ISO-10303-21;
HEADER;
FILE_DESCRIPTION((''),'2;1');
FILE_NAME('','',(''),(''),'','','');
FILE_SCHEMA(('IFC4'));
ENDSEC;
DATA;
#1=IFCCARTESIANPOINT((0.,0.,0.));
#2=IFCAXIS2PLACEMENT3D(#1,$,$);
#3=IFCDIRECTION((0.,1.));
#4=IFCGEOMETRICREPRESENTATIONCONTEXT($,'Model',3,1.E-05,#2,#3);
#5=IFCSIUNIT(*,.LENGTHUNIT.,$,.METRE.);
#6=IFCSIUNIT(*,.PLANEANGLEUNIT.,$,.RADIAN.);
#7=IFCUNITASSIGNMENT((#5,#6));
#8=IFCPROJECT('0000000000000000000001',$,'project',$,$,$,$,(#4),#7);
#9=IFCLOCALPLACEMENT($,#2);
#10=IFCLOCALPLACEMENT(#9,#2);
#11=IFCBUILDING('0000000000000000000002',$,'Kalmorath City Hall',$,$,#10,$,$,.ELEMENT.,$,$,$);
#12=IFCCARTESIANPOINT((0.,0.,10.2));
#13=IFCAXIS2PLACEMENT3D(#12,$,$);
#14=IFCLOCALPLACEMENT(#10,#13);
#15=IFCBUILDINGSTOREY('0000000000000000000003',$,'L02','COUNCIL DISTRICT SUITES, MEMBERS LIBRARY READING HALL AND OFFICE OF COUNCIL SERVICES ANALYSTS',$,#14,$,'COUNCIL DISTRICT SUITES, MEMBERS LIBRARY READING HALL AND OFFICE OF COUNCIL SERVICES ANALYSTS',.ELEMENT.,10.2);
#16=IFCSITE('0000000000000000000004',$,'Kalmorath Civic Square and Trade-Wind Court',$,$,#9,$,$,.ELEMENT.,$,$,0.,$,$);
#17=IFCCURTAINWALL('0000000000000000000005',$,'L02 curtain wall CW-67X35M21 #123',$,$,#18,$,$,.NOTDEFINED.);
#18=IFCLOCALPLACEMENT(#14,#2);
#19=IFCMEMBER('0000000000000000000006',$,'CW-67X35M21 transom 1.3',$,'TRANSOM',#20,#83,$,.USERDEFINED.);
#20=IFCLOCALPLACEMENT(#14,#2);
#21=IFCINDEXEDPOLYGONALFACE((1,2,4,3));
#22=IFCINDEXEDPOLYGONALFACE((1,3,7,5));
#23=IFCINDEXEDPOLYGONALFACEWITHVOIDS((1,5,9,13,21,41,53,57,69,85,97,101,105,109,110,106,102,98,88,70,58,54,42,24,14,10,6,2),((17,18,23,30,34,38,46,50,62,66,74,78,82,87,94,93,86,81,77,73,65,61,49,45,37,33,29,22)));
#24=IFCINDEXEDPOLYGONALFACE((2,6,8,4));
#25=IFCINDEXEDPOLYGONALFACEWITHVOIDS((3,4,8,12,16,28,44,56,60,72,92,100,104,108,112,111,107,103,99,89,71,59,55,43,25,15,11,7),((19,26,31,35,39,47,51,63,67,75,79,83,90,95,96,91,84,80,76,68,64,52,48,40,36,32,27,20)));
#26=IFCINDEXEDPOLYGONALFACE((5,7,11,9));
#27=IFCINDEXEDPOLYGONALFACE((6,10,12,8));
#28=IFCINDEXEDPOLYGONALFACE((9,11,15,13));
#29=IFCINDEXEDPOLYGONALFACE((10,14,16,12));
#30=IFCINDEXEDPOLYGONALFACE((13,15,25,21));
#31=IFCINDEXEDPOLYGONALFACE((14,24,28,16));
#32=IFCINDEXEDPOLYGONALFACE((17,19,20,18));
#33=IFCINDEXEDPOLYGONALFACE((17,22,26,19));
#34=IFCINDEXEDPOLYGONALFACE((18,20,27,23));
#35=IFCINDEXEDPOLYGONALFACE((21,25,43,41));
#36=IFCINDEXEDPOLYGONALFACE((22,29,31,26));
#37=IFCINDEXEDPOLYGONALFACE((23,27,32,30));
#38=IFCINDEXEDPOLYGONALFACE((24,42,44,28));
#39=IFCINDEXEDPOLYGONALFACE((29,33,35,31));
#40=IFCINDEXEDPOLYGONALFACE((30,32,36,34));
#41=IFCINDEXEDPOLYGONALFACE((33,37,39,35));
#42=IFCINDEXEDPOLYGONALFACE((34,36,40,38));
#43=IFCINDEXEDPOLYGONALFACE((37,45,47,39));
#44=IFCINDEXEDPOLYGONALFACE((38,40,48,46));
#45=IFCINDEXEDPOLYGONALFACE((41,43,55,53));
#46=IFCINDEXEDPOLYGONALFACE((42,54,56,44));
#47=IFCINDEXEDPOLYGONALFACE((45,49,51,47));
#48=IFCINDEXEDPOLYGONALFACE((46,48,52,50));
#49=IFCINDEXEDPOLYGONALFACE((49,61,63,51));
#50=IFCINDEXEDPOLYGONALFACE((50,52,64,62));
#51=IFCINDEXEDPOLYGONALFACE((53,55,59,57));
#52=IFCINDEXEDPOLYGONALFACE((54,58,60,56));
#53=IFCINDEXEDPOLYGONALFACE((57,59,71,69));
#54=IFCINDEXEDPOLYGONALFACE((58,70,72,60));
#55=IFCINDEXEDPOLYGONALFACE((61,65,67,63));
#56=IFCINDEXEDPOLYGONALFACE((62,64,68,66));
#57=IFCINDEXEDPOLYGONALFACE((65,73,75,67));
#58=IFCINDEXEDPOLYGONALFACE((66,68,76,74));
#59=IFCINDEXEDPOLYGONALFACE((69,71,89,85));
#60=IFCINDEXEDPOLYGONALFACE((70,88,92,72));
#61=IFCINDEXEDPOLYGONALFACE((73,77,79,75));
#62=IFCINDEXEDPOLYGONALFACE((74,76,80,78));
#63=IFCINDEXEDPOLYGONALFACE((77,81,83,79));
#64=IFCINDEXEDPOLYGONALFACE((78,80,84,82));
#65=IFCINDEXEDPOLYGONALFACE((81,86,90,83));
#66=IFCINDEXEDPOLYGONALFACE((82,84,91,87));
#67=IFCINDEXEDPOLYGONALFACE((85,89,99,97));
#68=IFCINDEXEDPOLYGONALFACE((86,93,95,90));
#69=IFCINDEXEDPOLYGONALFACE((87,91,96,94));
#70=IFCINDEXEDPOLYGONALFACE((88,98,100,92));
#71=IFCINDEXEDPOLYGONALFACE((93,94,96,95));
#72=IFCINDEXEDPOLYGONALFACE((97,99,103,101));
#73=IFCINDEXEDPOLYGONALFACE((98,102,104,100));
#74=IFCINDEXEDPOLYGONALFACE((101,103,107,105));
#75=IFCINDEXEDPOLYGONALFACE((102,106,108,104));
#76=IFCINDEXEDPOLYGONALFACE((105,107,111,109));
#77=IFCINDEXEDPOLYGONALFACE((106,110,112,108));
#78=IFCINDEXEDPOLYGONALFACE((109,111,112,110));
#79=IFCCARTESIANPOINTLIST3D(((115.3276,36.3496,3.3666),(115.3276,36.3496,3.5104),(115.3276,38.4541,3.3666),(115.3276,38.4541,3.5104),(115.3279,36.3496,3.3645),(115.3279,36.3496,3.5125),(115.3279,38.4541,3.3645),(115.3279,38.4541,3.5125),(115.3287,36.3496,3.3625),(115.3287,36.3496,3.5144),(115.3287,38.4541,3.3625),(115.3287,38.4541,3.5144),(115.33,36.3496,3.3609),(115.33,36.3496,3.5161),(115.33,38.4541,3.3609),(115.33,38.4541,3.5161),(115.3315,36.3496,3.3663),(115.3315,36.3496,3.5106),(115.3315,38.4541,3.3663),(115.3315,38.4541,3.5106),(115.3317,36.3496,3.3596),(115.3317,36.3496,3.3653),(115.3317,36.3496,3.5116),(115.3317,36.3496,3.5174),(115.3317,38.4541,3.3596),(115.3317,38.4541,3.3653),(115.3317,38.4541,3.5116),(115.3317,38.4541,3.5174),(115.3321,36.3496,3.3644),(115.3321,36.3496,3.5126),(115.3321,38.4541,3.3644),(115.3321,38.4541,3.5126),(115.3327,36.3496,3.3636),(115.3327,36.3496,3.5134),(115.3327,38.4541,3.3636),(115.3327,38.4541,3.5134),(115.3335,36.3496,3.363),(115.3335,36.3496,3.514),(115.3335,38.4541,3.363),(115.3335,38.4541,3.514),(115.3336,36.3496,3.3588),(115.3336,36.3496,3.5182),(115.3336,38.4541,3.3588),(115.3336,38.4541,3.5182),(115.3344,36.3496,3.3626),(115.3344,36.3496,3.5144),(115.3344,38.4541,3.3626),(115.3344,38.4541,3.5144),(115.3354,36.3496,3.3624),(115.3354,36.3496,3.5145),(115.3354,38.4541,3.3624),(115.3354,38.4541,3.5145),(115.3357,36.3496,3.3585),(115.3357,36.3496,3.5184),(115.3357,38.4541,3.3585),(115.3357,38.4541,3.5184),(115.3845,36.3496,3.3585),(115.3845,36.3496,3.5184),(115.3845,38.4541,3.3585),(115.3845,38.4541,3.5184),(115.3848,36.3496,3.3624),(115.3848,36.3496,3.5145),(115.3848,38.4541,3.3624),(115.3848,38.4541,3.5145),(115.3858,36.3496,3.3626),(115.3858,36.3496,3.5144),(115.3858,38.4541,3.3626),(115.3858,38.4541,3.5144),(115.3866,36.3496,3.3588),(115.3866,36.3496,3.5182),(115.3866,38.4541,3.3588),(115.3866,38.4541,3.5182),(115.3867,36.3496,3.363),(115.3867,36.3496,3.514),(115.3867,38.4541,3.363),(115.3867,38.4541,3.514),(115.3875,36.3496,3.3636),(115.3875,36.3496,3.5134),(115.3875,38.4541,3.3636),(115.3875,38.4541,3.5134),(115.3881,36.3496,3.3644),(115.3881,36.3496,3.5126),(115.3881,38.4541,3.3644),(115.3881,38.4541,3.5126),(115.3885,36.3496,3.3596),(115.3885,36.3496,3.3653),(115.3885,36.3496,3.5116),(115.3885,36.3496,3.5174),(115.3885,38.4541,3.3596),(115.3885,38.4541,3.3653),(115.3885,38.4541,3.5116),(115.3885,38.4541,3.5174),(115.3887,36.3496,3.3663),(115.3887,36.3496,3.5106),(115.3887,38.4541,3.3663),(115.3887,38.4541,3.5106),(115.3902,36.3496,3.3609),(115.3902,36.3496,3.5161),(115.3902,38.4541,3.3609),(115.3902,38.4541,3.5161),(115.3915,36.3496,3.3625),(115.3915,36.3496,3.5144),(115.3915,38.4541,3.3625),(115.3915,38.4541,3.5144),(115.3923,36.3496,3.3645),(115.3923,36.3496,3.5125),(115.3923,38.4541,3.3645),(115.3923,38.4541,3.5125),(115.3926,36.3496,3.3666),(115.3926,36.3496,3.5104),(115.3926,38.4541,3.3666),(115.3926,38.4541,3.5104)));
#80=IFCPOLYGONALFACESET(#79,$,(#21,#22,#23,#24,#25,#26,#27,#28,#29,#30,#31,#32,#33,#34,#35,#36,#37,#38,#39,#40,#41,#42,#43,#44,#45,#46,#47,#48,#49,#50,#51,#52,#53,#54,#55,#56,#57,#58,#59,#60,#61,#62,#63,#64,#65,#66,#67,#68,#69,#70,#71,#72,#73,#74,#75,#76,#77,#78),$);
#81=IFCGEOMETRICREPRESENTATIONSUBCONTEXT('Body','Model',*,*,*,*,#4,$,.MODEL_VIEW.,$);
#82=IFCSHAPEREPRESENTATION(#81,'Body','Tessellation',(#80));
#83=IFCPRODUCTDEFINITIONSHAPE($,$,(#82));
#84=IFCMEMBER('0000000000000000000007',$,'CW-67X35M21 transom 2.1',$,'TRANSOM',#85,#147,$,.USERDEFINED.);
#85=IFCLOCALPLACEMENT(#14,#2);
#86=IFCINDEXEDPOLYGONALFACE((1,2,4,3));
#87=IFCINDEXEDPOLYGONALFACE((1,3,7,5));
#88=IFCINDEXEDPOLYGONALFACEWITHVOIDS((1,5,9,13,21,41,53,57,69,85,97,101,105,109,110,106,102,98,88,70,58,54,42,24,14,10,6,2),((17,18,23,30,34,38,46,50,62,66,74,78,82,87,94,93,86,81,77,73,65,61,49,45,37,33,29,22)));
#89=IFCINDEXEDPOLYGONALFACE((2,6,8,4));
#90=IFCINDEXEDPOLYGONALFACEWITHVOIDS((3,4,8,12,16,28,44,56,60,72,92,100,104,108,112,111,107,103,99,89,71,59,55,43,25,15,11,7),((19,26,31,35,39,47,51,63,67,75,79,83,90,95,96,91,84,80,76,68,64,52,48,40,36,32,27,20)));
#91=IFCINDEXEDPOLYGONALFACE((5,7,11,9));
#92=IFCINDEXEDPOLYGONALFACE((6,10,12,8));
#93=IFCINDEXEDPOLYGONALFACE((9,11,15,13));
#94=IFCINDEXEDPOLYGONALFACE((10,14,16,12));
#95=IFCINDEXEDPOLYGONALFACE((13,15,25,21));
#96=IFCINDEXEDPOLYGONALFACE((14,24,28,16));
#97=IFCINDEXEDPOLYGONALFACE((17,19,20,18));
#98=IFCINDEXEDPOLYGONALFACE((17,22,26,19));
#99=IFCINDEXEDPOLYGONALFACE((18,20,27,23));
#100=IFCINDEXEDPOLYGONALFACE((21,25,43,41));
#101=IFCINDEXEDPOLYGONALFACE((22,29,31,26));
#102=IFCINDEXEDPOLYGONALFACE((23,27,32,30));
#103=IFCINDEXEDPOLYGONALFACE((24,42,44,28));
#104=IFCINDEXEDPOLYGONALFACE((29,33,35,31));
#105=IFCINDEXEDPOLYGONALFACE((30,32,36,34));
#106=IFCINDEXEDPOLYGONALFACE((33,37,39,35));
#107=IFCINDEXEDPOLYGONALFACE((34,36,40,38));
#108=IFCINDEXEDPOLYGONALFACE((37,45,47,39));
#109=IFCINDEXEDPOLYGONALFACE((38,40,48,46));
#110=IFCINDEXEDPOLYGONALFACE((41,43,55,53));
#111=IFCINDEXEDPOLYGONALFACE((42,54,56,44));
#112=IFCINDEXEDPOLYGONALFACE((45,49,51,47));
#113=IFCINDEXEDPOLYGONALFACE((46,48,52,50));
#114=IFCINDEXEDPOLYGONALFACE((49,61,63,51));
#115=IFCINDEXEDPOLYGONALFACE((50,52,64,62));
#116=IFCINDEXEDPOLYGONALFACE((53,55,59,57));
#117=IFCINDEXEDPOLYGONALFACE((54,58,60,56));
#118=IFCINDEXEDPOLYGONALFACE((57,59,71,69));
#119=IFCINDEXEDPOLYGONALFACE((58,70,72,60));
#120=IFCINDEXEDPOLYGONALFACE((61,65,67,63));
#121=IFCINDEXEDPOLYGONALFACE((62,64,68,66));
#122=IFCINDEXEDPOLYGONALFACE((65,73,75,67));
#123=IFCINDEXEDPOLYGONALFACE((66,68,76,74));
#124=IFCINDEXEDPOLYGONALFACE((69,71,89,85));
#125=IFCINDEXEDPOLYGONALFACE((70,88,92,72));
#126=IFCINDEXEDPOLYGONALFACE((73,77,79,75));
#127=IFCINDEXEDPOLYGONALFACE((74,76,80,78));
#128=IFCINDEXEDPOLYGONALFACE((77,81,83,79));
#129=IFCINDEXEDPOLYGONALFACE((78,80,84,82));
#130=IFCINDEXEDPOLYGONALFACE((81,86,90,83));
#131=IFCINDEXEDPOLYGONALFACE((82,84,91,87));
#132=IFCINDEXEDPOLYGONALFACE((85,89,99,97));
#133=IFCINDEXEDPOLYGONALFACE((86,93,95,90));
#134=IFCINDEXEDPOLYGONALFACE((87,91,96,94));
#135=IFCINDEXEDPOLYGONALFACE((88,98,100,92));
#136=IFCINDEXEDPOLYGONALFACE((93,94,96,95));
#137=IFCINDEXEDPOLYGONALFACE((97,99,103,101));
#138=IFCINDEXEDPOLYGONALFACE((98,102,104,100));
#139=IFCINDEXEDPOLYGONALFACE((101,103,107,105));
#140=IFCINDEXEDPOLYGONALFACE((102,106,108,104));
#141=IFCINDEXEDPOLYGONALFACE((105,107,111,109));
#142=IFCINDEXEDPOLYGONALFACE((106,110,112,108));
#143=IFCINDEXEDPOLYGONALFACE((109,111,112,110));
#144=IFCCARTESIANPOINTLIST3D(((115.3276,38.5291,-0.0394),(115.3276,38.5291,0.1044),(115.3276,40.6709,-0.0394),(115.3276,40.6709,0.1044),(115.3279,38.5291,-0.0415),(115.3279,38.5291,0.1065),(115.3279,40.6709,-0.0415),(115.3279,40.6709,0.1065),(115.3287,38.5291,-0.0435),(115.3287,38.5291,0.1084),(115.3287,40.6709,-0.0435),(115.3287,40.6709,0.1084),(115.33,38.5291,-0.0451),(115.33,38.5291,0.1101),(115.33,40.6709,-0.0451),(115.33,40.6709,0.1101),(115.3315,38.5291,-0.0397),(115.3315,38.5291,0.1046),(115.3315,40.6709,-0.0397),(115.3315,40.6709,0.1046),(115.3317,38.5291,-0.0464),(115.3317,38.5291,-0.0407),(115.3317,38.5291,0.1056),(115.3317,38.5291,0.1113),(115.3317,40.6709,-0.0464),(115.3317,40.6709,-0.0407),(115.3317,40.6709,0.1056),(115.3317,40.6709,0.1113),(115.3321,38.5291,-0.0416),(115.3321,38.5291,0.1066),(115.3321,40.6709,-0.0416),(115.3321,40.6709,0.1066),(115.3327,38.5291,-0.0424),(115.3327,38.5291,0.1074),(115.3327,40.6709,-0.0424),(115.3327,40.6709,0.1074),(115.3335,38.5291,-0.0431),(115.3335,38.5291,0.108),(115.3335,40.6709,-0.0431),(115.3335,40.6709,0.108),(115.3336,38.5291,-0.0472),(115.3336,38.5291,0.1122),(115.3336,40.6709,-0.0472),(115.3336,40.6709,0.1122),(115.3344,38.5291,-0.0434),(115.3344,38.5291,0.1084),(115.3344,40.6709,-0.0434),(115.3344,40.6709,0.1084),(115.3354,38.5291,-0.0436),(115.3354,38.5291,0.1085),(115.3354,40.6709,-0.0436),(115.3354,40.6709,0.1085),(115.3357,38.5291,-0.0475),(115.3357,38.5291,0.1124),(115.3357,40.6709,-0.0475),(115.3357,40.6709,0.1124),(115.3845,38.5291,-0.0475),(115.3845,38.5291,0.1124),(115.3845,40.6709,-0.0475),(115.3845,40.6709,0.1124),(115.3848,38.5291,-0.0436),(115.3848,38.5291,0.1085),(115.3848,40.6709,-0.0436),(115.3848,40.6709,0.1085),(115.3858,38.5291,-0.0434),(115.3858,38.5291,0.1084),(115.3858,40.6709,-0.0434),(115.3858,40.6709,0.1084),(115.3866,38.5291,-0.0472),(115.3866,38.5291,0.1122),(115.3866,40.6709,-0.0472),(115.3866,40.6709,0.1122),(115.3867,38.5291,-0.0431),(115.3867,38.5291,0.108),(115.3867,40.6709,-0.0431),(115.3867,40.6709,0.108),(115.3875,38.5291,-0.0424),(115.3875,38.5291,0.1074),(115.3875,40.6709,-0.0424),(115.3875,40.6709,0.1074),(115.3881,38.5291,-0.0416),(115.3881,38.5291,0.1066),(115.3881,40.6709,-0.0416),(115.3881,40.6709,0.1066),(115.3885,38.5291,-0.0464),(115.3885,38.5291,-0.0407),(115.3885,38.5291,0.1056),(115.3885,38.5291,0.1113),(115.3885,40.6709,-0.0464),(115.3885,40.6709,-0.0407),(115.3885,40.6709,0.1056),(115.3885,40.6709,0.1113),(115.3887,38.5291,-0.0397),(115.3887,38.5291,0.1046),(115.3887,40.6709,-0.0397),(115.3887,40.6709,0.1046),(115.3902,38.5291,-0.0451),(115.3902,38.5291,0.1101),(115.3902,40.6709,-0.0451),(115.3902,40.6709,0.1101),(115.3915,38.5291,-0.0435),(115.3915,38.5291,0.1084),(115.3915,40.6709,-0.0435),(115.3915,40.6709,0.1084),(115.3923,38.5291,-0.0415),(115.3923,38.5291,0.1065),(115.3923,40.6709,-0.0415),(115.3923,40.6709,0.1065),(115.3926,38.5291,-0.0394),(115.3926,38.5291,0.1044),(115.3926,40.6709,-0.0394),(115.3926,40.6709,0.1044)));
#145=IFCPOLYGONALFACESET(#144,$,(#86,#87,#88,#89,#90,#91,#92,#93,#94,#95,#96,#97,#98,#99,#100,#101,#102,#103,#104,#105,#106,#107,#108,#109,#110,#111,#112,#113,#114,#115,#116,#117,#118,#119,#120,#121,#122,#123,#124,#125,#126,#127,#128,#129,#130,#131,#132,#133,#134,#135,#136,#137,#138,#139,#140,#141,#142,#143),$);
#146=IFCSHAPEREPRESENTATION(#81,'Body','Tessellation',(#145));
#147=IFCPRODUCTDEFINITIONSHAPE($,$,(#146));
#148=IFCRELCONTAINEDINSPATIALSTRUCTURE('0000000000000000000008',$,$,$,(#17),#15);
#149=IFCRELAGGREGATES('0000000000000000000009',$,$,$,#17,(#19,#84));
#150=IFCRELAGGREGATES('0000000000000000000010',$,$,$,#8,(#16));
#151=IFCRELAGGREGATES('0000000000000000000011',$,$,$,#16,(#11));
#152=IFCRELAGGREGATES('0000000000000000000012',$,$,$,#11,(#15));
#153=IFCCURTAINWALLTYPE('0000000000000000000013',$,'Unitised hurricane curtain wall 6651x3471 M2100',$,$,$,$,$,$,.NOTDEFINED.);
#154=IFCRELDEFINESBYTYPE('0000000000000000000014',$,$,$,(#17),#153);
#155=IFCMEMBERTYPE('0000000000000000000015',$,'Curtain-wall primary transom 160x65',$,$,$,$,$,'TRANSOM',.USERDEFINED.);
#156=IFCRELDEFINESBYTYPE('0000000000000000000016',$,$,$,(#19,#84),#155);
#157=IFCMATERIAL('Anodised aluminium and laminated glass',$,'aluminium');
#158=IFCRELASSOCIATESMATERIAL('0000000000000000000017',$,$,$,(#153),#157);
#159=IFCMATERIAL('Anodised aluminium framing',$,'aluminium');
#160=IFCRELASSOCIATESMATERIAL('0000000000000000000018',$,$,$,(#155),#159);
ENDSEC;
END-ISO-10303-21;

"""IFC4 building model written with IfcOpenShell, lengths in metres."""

from ifc_helpers import new_model, si_unit, direction, frame, origin, origin_2d, place, context, subcontext, project, spatial, hollow_rectangle, extrude, material, material_profile, profile_set, type_object, element, aggregate, save


model = new_model("IFC4")

# Units and contexts
model_context = context("Model", 3, precision=1e-05, world=origin(), true_north=direction((0.0, 1.0)))
body_context = subcontext(model_context, "Body", "Model", "MODEL_VIEW")
ifc_project = project(units=[si_unit("LENGTHUNIT", "METRE"), si_unit("PLANEANGLEUNIT", "RADIAN")], contexts=[model_context])

# Site, building, storey
site_placement = place(None, origin())
site = spatial("IfcSite", under=ifc_project, at=site_placement, Name="Kalmorath Civic Square and Trade-Wind Court", CompositionType="ELEMENT", RefElevation=0.0)
building_placement = place(site_placement, origin())
building = spatial("IfcBuilding", under=site, at=building_placement, Name="Kalmorath City Hall", CompositionType="ELEMENT")
storey_placement = place(building_placement, frame((0.0, 0.0, 10.2)))
storey = spatial("IfcBuildingStorey", under=building, at=storey_placement, Name="L02", Description="COUNCIL DISTRICT SUITES, MEMBERS LIBRARY READING HALL AND OFFICE OF COUNCIL SERVICES ANALYSTS", LongName="COUNCIL DISTRICT SUITES, MEMBERS LIBRARY READING HALL AND OFFICE OF COUNCIL SERVICES ANALYSTS", CompositionType="ELEMENT", Elevation=10.2)

# Curtain wall, members
ifc_material_1 = material(Name="Anodised aluminium and laminated glass", Category="aluminium")
curtain_wall_type_1 = type_object("IfcCurtainWallType", Name="Unitised hurricane curtain wall 6651x3471 M2100", PredefinedType="NOTDEFINED", material=ifc_material_1)
curtain_wall_1_placement = place(storey_placement, origin())
curtain_wall_1 = element("IfcCurtainWall", 1, at=curtain_wall_1_placement, inside=storey, type_object=curtain_wall_type_1, Name="L02 curtain wall CW-67X35M21 #123", PredefinedType="NOTDEFINED")
ifc_material_2 = material(Name="Anodised aluminium framing", Category="aluminium")
ifc_material_profile_1 = material_profile(ifc_material_2, hollow_rectangle(XDim=0.0649, YDim=0.1599, WallThickness=0.0039, InnerFilletRadius=0.0039, OuterFilletRadius=0.0081, at=origin_2d()), Name="ALU-TRN-160X65X4")
ifc_profile_set_1 = profile_set([ifc_material_profile_1], Name="Anodised aluminium framing")
member_type_1 = type_object("IfcMemberType", Name="Curtain-wall primary transom 160x65", ElementType="TRANSOM", PredefinedType="USERDEFINED", material=ifc_profile_set_1)
member_1_placement = place(storey_placement, frame((115.3601, 36.3496, 3.4385), z_axis=(0.0, 1.0, 0.0), x_axis=(-1.0, 0.0, 0.0)))
member_1 = element("IfcMember", 2, at=member_1_placement, type_object=member_type_1, Name="CW-67X35M21 transom 1.3", ObjectType="TRANSOM", PredefinedType="USERDEFINED", context=body_context, shape_type="SweptSolid", body=[
    extrude(hollow_rectangle(XDim=0.0649, YDim=0.1599, WallThickness=0.0039, InnerFilletRadius=0.0039, OuterFilletRadius=0.0081, at=origin_2d()), origin(), (0.0, 0.0, 1.0), 2.1045),
])
member_2_placement = place(storey_placement, frame((115.3601, 38.5291, 0.0325), z_axis=(0.0, 1.0, 0.0), x_axis=(-1.0, 0.0, 0.0)))
member_2 = element("IfcMember", 3, at=member_2_placement, type_object=member_type_1, Name="CW-67X35M21 transom 2.1", ObjectType="TRANSOM", PredefinedType="USERDEFINED", context=body_context, shape_type="SweptSolid", body=[
    extrude(hollow_rectangle(XDim=0.0649, YDim=0.1599, WallThickness=0.0039, InnerFilletRadius=0.0039, OuterFilletRadius=0.0081, at=origin_2d()), origin(), (0.0, 0.0, 1.0), 2.1418),
])
aggregate(curtain_wall_1, [member_1, member_2])

save(model, "model.ifc")
